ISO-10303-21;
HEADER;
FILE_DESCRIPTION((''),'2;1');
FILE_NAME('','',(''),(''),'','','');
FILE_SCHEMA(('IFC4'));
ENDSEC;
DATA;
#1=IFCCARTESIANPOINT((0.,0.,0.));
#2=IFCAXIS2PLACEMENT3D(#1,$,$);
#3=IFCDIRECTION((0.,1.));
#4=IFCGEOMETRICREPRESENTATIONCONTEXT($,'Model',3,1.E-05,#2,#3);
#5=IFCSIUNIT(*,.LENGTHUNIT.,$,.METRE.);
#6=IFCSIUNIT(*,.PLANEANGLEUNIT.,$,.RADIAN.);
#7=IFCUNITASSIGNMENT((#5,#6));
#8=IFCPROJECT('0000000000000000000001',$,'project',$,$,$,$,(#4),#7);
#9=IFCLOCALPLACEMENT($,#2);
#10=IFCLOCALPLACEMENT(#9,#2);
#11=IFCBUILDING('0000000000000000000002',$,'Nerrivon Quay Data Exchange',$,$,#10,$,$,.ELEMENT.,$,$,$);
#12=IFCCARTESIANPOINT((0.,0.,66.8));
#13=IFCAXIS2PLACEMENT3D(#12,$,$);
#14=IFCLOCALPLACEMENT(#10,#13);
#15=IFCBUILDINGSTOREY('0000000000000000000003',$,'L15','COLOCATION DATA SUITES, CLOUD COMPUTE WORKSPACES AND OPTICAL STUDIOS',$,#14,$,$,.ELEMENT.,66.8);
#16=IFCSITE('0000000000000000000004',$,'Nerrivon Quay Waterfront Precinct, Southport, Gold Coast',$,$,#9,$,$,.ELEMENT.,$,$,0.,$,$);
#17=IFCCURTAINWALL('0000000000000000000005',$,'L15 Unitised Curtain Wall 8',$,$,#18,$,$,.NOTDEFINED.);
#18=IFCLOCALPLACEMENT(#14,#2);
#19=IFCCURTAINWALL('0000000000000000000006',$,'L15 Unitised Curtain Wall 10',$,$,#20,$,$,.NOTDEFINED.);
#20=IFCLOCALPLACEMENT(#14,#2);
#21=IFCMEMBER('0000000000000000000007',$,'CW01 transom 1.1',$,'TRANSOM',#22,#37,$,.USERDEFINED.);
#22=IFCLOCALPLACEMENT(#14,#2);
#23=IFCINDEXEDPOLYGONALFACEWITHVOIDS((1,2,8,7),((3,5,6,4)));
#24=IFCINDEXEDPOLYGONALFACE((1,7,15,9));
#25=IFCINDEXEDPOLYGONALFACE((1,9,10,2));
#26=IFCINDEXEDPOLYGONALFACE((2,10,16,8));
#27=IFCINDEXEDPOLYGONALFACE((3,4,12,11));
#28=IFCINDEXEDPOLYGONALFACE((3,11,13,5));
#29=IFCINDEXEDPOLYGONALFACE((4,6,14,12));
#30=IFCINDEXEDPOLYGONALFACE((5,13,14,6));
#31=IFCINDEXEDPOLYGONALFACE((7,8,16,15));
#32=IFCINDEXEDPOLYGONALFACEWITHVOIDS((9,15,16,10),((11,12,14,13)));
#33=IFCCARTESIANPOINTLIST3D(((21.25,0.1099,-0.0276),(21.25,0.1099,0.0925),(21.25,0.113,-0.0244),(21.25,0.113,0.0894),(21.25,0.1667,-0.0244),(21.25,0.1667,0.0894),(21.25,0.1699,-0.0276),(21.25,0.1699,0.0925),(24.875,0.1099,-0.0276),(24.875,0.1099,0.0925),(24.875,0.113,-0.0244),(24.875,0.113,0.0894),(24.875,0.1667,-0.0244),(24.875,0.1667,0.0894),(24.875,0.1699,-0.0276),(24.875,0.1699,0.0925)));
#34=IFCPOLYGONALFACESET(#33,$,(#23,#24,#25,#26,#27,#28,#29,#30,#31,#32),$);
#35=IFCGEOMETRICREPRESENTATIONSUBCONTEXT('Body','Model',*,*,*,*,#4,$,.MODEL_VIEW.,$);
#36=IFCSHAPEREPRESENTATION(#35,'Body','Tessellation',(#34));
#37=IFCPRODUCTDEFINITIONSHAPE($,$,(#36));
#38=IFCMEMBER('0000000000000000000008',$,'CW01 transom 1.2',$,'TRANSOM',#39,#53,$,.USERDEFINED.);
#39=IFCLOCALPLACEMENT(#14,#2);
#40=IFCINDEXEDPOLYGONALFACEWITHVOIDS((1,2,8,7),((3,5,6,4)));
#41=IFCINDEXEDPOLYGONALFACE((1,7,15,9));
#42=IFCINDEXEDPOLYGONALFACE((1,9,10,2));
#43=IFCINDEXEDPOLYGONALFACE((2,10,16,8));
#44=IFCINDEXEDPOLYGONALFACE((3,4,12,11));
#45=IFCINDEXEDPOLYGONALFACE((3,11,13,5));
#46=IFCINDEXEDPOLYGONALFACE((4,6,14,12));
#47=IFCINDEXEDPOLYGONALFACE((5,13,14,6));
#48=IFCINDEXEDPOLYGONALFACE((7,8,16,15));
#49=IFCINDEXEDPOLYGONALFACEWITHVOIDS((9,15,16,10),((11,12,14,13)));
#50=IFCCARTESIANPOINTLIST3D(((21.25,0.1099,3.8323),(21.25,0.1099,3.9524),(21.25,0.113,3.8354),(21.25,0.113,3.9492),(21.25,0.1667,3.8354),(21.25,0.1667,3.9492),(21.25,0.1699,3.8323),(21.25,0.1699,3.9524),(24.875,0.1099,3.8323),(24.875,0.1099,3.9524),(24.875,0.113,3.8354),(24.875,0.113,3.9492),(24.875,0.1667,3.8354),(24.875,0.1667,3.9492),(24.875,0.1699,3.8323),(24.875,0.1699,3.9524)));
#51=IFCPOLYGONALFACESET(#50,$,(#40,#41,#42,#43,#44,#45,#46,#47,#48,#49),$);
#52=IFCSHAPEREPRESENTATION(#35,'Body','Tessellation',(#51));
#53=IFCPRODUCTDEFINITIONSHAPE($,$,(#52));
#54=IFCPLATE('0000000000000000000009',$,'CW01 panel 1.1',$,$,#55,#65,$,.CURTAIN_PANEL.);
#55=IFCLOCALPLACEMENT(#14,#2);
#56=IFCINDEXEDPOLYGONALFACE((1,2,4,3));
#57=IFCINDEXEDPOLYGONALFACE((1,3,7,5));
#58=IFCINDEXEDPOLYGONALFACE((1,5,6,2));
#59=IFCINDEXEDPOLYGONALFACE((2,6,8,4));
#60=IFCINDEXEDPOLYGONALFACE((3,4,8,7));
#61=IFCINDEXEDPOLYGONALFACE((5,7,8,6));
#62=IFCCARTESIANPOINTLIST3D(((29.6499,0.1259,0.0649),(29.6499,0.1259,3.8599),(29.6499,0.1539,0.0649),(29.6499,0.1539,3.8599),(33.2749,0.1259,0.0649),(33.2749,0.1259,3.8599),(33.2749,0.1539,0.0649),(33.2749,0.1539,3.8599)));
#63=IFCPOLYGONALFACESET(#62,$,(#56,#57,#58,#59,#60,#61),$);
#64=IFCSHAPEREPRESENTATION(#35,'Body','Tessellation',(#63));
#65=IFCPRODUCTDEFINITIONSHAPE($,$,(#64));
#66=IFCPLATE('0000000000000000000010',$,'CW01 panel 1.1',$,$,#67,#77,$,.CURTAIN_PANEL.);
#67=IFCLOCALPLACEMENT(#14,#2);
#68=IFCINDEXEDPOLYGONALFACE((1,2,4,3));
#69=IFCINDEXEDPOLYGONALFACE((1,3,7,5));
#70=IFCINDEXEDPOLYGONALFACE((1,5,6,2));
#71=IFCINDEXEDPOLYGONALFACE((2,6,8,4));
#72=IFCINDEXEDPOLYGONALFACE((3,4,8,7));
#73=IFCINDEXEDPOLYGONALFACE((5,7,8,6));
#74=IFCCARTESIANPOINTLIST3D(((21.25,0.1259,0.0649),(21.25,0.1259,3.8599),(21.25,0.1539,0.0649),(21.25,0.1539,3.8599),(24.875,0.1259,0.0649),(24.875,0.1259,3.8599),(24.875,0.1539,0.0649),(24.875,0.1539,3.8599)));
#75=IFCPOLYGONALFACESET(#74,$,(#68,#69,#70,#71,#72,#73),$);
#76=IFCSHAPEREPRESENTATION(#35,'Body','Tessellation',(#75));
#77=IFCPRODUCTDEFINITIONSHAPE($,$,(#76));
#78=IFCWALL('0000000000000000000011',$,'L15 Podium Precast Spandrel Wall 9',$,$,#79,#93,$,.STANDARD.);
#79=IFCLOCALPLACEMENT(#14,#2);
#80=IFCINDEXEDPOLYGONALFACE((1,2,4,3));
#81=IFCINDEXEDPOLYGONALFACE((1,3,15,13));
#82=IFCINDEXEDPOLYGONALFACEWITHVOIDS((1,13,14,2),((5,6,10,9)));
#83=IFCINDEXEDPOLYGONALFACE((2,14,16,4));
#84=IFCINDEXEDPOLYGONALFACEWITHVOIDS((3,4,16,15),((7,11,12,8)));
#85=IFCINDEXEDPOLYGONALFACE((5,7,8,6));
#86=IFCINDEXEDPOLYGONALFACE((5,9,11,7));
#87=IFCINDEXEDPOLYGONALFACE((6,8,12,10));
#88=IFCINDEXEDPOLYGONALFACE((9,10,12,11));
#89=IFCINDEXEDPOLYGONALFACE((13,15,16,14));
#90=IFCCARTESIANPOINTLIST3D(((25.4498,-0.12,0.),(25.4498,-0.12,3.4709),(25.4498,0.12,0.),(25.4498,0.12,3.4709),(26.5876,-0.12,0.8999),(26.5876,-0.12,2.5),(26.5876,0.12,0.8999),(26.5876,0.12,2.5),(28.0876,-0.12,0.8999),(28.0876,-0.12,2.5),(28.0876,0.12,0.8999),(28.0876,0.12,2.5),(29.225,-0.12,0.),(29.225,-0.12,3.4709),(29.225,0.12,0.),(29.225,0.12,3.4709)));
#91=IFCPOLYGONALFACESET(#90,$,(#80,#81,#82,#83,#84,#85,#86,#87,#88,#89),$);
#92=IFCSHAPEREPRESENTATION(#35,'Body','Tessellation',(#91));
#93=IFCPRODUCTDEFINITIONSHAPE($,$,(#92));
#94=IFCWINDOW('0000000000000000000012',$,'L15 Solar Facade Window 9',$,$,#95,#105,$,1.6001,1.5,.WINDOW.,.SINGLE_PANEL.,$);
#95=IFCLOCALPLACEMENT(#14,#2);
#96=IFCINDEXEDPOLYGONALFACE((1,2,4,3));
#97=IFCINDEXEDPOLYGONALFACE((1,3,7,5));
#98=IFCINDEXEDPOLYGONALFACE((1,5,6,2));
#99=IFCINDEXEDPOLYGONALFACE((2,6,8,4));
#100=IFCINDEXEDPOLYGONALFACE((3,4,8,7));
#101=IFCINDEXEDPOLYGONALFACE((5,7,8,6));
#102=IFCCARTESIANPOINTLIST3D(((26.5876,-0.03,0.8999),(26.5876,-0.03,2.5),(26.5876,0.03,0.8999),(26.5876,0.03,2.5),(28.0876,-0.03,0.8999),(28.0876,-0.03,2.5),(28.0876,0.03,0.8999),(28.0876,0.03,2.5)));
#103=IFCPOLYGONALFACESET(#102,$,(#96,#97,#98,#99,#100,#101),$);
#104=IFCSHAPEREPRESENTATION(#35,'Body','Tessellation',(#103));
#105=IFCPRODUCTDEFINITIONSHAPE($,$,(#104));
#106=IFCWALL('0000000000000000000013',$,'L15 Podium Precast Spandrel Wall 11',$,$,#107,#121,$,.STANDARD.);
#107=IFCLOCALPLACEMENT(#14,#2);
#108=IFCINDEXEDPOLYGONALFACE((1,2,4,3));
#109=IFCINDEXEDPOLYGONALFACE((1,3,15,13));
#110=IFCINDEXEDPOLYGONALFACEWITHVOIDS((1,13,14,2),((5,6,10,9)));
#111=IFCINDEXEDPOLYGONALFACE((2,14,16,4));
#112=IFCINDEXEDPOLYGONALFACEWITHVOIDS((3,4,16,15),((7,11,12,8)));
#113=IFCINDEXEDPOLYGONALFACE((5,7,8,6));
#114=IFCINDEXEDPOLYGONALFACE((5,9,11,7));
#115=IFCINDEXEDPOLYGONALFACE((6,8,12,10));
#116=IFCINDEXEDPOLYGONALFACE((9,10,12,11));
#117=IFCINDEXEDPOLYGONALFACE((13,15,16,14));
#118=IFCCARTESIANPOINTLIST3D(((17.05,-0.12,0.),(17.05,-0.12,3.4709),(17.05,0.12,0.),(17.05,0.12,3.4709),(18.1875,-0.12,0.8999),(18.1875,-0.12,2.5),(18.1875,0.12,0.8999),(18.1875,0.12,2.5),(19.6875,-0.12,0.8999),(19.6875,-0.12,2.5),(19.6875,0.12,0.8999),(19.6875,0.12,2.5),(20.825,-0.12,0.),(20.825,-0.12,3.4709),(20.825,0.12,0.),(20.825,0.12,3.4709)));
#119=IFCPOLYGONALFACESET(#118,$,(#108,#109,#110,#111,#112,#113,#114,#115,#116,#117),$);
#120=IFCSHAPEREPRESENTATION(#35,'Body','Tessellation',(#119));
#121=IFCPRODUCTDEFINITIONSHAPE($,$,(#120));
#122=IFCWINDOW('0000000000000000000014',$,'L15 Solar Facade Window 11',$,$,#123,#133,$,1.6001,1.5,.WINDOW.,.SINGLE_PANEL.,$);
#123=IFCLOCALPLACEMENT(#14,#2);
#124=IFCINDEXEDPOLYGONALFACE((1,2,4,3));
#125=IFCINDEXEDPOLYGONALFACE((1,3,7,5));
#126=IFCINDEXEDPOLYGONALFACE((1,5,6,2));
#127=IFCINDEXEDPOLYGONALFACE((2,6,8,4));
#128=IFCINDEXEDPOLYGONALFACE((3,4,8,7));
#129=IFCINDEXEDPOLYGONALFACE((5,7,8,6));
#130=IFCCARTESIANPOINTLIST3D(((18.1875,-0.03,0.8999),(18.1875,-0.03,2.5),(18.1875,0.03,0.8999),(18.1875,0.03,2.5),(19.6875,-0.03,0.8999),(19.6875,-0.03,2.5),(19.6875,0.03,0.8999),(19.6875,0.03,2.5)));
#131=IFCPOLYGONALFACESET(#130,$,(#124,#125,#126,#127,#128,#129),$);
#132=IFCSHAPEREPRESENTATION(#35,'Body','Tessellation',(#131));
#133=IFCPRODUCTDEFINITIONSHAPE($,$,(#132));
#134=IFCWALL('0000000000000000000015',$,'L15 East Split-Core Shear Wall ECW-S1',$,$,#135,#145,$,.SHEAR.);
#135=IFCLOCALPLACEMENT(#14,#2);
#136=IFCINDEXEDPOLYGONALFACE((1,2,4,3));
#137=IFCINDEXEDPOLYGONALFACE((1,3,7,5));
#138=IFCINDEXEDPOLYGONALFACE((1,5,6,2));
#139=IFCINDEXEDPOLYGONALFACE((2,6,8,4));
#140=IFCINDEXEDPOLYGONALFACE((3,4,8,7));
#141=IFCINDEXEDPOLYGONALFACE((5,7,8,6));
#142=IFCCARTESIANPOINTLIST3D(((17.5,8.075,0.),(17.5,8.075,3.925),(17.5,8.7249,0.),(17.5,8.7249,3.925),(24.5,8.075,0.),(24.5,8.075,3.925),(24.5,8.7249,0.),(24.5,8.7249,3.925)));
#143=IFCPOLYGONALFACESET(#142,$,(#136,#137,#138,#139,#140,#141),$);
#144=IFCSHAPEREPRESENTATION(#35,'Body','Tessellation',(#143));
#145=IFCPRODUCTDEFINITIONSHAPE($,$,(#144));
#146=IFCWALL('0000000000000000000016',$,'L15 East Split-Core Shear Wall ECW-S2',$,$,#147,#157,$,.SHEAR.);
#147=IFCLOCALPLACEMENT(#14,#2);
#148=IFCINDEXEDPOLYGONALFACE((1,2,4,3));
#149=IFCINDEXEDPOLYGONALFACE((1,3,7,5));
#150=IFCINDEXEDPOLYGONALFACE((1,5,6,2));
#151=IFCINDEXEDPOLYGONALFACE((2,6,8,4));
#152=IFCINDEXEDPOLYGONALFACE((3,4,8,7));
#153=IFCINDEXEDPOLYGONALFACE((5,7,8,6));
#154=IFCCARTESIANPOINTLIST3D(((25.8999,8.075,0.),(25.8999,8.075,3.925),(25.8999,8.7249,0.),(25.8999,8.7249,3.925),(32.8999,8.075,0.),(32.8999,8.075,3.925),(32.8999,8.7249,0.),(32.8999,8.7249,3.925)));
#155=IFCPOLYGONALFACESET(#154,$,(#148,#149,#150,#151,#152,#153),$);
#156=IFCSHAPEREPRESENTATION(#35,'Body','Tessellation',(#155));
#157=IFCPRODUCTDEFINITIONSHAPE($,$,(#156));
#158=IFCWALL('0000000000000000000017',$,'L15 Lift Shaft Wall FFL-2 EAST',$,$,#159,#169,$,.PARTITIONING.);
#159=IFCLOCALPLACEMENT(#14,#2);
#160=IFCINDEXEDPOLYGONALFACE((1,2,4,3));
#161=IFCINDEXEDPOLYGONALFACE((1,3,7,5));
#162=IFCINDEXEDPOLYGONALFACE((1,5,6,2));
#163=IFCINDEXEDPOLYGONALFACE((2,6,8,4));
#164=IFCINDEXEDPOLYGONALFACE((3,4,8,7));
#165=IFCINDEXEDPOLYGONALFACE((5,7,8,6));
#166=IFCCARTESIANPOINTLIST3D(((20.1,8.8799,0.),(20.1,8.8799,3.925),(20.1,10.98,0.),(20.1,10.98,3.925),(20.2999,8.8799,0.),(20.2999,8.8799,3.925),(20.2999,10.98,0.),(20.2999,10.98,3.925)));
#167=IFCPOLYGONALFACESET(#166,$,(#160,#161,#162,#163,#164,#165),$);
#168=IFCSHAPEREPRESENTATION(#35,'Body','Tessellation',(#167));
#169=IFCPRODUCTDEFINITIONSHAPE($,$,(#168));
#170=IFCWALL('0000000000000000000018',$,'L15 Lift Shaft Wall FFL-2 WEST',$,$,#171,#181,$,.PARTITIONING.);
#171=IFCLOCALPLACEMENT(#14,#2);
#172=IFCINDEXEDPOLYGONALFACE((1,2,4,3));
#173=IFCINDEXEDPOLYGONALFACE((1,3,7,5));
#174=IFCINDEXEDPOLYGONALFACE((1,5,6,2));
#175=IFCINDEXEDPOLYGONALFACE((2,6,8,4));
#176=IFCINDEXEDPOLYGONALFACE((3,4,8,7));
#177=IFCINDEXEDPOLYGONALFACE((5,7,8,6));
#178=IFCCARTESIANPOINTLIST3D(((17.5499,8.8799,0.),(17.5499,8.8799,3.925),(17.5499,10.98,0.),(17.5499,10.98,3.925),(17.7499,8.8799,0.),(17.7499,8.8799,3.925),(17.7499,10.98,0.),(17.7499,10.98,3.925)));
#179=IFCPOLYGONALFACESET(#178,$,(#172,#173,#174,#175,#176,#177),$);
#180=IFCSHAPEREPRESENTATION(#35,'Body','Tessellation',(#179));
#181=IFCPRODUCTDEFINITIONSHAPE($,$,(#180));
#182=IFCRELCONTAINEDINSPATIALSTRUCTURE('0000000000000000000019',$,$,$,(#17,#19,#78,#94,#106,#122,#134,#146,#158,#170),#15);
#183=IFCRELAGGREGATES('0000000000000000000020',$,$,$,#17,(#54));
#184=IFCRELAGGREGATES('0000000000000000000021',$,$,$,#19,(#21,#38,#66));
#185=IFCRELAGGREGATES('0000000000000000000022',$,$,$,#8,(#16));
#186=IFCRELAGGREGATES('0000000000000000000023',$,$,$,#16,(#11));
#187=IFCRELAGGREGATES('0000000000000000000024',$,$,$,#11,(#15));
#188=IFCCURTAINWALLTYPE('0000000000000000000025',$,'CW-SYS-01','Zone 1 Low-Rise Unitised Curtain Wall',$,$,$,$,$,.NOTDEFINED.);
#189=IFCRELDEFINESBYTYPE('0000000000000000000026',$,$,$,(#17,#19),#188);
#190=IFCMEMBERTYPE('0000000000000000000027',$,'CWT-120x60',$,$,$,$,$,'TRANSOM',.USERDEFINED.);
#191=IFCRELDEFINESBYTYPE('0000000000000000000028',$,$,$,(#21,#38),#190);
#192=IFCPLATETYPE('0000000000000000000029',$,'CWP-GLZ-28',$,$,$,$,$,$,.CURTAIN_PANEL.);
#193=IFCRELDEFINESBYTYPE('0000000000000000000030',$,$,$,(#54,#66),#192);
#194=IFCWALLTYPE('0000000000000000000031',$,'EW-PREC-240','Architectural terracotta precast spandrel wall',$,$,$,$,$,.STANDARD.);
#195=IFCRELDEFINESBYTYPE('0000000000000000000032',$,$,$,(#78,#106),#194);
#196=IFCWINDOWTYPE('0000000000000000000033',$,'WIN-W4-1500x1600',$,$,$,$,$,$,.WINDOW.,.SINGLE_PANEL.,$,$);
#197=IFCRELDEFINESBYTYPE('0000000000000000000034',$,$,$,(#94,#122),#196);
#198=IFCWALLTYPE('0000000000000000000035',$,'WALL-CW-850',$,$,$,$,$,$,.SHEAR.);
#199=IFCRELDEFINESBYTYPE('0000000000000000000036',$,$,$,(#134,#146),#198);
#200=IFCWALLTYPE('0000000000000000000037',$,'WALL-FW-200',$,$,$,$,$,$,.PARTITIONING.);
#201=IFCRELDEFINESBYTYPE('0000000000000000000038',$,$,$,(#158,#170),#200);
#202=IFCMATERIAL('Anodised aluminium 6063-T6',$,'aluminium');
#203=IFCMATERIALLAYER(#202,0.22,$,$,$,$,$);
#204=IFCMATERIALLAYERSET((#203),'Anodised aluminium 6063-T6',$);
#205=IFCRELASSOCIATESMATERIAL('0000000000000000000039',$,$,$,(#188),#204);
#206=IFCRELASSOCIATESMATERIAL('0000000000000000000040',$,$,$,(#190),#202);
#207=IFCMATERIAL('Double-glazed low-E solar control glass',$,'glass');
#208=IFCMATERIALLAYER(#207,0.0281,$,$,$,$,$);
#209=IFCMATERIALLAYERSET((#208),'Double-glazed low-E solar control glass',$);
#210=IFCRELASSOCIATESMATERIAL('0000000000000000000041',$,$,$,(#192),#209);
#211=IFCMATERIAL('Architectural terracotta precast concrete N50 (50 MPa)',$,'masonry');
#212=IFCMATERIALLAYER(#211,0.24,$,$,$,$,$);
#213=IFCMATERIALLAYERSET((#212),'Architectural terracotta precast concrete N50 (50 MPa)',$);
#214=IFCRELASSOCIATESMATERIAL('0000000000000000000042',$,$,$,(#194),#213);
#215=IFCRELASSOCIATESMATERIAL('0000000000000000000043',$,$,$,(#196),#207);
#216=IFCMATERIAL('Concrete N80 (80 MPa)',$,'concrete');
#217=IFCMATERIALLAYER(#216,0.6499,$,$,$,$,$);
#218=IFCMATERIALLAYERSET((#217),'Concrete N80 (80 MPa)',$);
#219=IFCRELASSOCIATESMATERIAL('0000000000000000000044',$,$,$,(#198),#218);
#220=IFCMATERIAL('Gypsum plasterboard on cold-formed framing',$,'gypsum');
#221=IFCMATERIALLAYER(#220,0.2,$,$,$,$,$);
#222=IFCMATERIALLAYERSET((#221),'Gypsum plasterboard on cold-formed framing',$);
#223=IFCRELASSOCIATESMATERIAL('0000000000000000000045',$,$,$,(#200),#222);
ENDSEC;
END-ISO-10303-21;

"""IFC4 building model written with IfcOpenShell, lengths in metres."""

from ifc_helpers import new_model, si_unit, direction, frame, frame_2d, origin, origin_2d, place, context, subcontext, project, spatial, rectangle, hollow_rectangle, extrude, material, layer, layer_set, material_profile, profile_set, type_object, element, fill, aggregate, save


model = new_model("IFC4")

# Units and contexts
model_context = context("Model", 3, precision=1e-05, world=origin(), true_north=direction((0.0, 1.0)))
body_context = subcontext(model_context, "Body", "Model", "MODEL_VIEW")
ifc_project = project(units=[si_unit("LENGTHUNIT", "METRE"), si_unit("PLANEANGLEUNIT", "RADIAN")], contexts=[model_context])

# Site, building, storey
site_placement = place(None, origin())
site = spatial("IfcSite", under=ifc_project, at=site_placement, Name="Nerrivon Quay Waterfront Precinct, Southport, Gold Coast", CompositionType="ELEMENT", RefElevation=0.0)
building_placement = place(site_placement, origin())
building = spatial("IfcBuilding", under=site, at=building_placement, Name="Nerrivon Quay Data Exchange", CompositionType="ELEMENT")
storey_placement = place(building_placement, frame((0.0, 0.0, 66.8)))
storey = spatial("IfcBuildingStorey", under=building, at=storey_placement, Name="L15", Description="COLOCATION DATA SUITES, CLOUD COMPUTE WORKSPACES AND OPTICAL STUDIOS", CompositionType="ELEMENT", Elevation=66.8)

# Shared definitions
ifc_material_1 = material(Name="Concrete N80 (80 MPa)", Category="concrete")

# Curtain wall
ifc_material_2 = material(Name="Anodised aluminium 6063-T6", Category="aluminium")
ifc_layer_1 = layer(ifc_material_2, 0.22)
ifc_layer_set_1 = layer_set([ifc_layer_1], Name="Anodised aluminium 6063-T6")
curtain_wall_type = type_object("IfcCurtainWallType", Name="CW-SYS-01", Description="Zone 1 Low-Rise Unitised Curtain Wall", PredefinedType="NOTDEFINED", material=ifc_layer_set_1)
curtain_wall_1_placement = place(storey_placement, origin())
curtain_wall_1 = element("IfcCurtainWall", 1, at=curtain_wall_1_placement, inside=storey, type_object=curtain_wall_type, Name="L15 Unitised Curtain Wall 8", PredefinedType="NOTDEFINED")

# Curtain wall, members
curtain_wall_2_placement = place(storey_placement, origin())
curtain_wall_2 = element("IfcCurtainWall", 2, at=curtain_wall_2_placement, inside=storey, type_object=curtain_wall_type, Name="L15 Unitised Curtain Wall 10", PredefinedType="NOTDEFINED")
ifc_material_profile_1 = material_profile(ifc_material_2, hollow_rectangle(XDim=0.0601, YDim=0.1201, WallThickness=0.0032, at=origin_2d()), Name="ALU-TRAN-120x60")
ifc_profile_set_1 = profile_set([ifc_material_profile_1], Name="Anodised aluminium 6063-T6")
member_type_1 = type_object("IfcMemberType", Name="CWT-120x60", ElementType="TRANSOM", PredefinedType="USERDEFINED", material=ifc_profile_set_1)
member_1_placement = place(storey_placement, frame((24.875, 0.1399, 0.0325), z_axis=(-1.0, 0.0, 0.0), x_axis=(0.0, -1.0, 0.0)))
member_1 = element("IfcMember", 3, at=member_1_placement, type_object=member_type_1, Name="CW01 transom 1.1", ObjectType="TRANSOM", PredefinedType="USERDEFINED", context=body_context, shape_type="SweptSolid", body=[
    extrude(hollow_rectangle(XDim=0.0601, YDim=0.1201, WallThickness=0.0032, at=origin_2d()), origin(), (0.0, 0.0, 1.0), 3.625),
])
member_2_placement = place(storey_placement, frame((24.875, 0.1399, 3.8923), z_axis=(-1.0, 0.0, 0.0), x_axis=(0.0, -1.0, 0.0)))
member_2 = element("IfcMember", 4, at=member_2_placement, type_object=member_type_1, Name="CW01 transom 1.2", ObjectType="TRANSOM", PredefinedType="USERDEFINED", context=body_context, shape_type="SweptSolid", body=[
    extrude(hollow_rectangle(XDim=0.0601, YDim=0.1201, WallThickness=0.0032, at=origin_2d()), origin(), (0.0, 0.0, 1.0), 3.625),
])

# Plates
ifc_material_3 = material(Name="Double-glazed low-E solar control glass", Category="glass")
ifc_layer_2 = layer(ifc_material_3, 0.0281)
ifc_layer_set_2 = layer_set([ifc_layer_2], Name="Double-glazed low-E solar control glass")
plate_type = type_object("IfcPlateType", Name="CWP-GLZ-28", PredefinedType="CURTAIN_PANEL", material=ifc_layer_set_2)
plate_1_placement = place(storey_placement, frame((31.4624, 0.1399, 0.0649), z_axis=(0.0, 0.0, 1.0), x_axis=(-1.0, 0.0, 0.0)))
plate_1 = element("IfcPlate", 5, at=plate_1_placement, type_object=plate_type, Name="CW01 panel 1.1", PredefinedType="CURTAIN_PANEL", context=body_context, shape_type="SweptSolid", body=[
    extrude(rectangle(XDim=3.625, YDim=0.0281, at=origin_2d()), origin(), (0.0, 0.0, 1.0), 3.7949),
])
aggregate(curtain_wall_1, [plate_1])
plate_2_placement = place(storey_placement, frame((23.0625, 0.1399, 0.0649), z_axis=(0.0, 0.0, 1.0), x_axis=(-1.0, 0.0, 0.0)))
plate_2 = element("IfcPlate", 6, at=plate_2_placement, type_object=plate_type, Name="CW01 panel 1.1", PredefinedType="CURTAIN_PANEL", context=body_context, shape_type="SweptSolid", body=[
    extrude(rectangle(XDim=3.625, YDim=0.0281, at=origin_2d()), origin(), (0.0, 0.0, 1.0), 3.7949),
])
aggregate(curtain_wall_2, [member_1, member_2, plate_2])

# Walls, openings, windows
ifc_material_4 = material(Name="Architectural terracotta precast concrete N50 (50 MPa)", Category="masonry")
ifc_layer_3 = layer(ifc_material_4, 0.24)
ifc_layer_set_3 = layer_set([ifc_layer_3], Name="Architectural terracotta precast concrete N50 (50 MPa)")
wall_type_1 = type_object("IfcWallType", Name="EW-PREC-240", Description="Architectural terracotta precast spandrel wall", PredefinedType="STANDARD", material=ifc_layer_set_3)
wall_1_placement = place(storey_placement, frame((29.2251, 0.0, 0.0), z_axis=(0.0, 0.0, 1.0), x_axis=(-1.0, 0.0, 0.0)))
wall_1 = element("IfcWall", 7, at=wall_1_placement, inside=storey, type_object=wall_type_1, Name="L15 Podium Precast Spandrel Wall 9", PredefinedType="STANDARD", context=body_context, shape_type="SweptSolid", body=[
    extrude(rectangle(XDim=3.7751, YDim=0.24, at=frame_2d((1.8877, 0.0))), origin(), (0.0, 0.0, 1.0), 3.4709),
])
opening_1_placement = place(wall_1_placement, frame((1.1375, 0.0, 0.8999)))
opening_1 = element("IfcOpeningElement", 8, at=opening_1_placement, cuts=wall_1, PredefinedType="OPENING", context=body_context, shape_type="SweptSolid", body=[
    extrude(rectangle(XDim=1.5, YDim=1.6001, at=frame_2d((0.75, 0.8))), frame((0.0, 0.1299, 0.0), z_axis=(0.0, -1.0, 0.0), x_axis=(1.0, 0.0, 0.0)), (0.0, 0.0, 1.0), 0.26),
])
window_type = type_object("IfcWindowType", Name="WIN-W4-1500x1600", PartitioningType="SINGLE_PANEL", PredefinedType="WINDOW", material=ifc_material_3)
window_1_placement = place(opening_1_placement, origin())
window_1 = element("IfcWindow", 9, at=window_1_placement, inside=storey, type_object=window_type, Name="L15 Solar Facade Window 9", OverallHeight=1.6001, OverallWidth=1.5, PartitioningType="SINGLE_PANEL", PredefinedType="WINDOW", context=body_context, shape_type="SweptSolid", body=[
    extrude(rectangle(XDim=1.5, YDim=1.6001, at=frame_2d((0.75, 0.8))), frame((0.0, 0.03, 0.0), z_axis=(0.0, -1.0, 0.0), x_axis=(1.0, 0.0, 0.0)), (0.0, 0.0, 1.0), 0.0601),
])
fill(opening_1, window_1)
wall_2_placement = place(storey_placement, frame((20.825, 0.0, 0.0), z_axis=(0.0, 0.0, 1.0), x_axis=(-1.0, 0.0, 0.0)))
wall_2 = element("IfcWall", 10, at=wall_2_placement, inside=storey, type_object=wall_type_1, Name="L15 Podium Precast Spandrel Wall 11", PredefinedType="STANDARD", context=body_context, shape_type="SweptSolid", body=[
    extrude(rectangle(XDim=3.7749, YDim=0.24, at=frame_2d((1.8875, 0.0))), origin(), (0.0, 0.0, 1.0), 3.4709),
])
opening_2_placement = place(wall_2_placement, frame((1.1375, 0.0, 0.8999)))
opening_2 = element("IfcOpeningElement", 11, at=opening_2_placement, cuts=wall_2, PredefinedType="OPENING", context=body_context, shape_type="SweptSolid", body=[
    extrude(rectangle(XDim=1.5, YDim=1.6001, at=frame_2d((0.75, 0.8))), frame((0.0, 0.1299, 0.0), z_axis=(0.0, -1.0, 0.0), x_axis=(1.0, 0.0, 0.0)), (0.0, 0.0, 1.0), 0.26),
])
window_2_placement = place(opening_2_placement, origin())
window_2 = element("IfcWindow", 12, at=window_2_placement, inside=storey, type_object=window_type, Name="L15 Solar Facade Window 11", OverallHeight=1.6001, OverallWidth=1.5, PartitioningType="SINGLE_PANEL", PredefinedType="WINDOW", context=body_context, shape_type="SweptSolid", body=[
    extrude(rectangle(XDim=1.5, YDim=1.6001, at=frame_2d((0.75, 0.8))), frame((0.0, 0.03, 0.0), z_axis=(0.0, -1.0, 0.0), x_axis=(1.0, 0.0, 0.0)), (0.0, 0.0, 1.0), 0.0601),
])
fill(opening_2, window_2)

# Walls
ifc_layer_4 = layer(ifc_material_1, 0.6499)
ifc_layer_set_4 = layer_set([ifc_layer_4], Name="Concrete N80 (80 MPa)")
wall_type_2 = type_object("IfcWallType", Name="WALL-CW-850", PredefinedType="SHEAR", material=ifc_layer_set_4)
for number, where, z_axis, x_axis, name in (
    (13, (17.5, 8.3999, 0.0), (0.0, 0.0, 1.0), (1.0, 0.0, 0.0), "L15 East Split-Core Shear Wall ECW-S1"),
    (14, (25.8999, 8.3999, 0.0), (0.0, 0.0, 1.0), (1.0, 0.0, 0.0), "L15 East Split-Core Shear Wall ECW-S2"),
):
    element("IfcWall", number, at=place(storey_placement, frame(where, z_axis=z_axis, x_axis=x_axis)), inside=storey, type_object=wall_type_2, Name=name, PredefinedType="SHEAR", context=body_context, shape_type="SweptSolid", body=[
        extrude(rectangle(XDim=7.0, YDim=0.6499, at=frame_2d((3.5, 0.0))), origin(), (0.0, 0.0, 1.0), 3.925),
    ])

# Walls
ifc_material_5 = material(Name="Gypsum plasterboard on cold-formed framing", Category="gypsum")
ifc_layer_5 = layer(ifc_material_5, 0.2)
ifc_layer_set_5 = layer_set([ifc_layer_5], Name="Gypsum plasterboard on cold-formed framing")
wall_type_3 = type_object("IfcWallType", Name="WALL-FW-200", PredefinedType="PARTITIONING", material=ifc_layer_set_5)
for number, where, z_axis, x_axis, name in (
    (15, (20.2, 8.8799, 0.0), (0.0, 0.0, 1.0), (0.0, 1.0, 0.0), "L15 Lift Shaft Wall FFL-2 EAST"),
    (16, (17.6499, 8.8799, 0.0), (0.0, 0.0, 1.0), (0.0, 1.0, 0.0), "L15 Lift Shaft Wall FFL-2 WEST"),
):
    element("IfcWall", number, at=place(storey_placement, frame(where, z_axis=z_axis, x_axis=x_axis)), inside=storey, type_object=wall_type_3, Name=name, PredefinedType="PARTITIONING", context=body_context, shape_type="SweptSolid", body=[
        extrude(rectangle(XDim=2.1001, YDim=0.2, at=frame_2d((1.05, 0.0))), origin(), (0.0, 0.0, 1.0), 3.925),
    ])

save(model, "model.ifc")
